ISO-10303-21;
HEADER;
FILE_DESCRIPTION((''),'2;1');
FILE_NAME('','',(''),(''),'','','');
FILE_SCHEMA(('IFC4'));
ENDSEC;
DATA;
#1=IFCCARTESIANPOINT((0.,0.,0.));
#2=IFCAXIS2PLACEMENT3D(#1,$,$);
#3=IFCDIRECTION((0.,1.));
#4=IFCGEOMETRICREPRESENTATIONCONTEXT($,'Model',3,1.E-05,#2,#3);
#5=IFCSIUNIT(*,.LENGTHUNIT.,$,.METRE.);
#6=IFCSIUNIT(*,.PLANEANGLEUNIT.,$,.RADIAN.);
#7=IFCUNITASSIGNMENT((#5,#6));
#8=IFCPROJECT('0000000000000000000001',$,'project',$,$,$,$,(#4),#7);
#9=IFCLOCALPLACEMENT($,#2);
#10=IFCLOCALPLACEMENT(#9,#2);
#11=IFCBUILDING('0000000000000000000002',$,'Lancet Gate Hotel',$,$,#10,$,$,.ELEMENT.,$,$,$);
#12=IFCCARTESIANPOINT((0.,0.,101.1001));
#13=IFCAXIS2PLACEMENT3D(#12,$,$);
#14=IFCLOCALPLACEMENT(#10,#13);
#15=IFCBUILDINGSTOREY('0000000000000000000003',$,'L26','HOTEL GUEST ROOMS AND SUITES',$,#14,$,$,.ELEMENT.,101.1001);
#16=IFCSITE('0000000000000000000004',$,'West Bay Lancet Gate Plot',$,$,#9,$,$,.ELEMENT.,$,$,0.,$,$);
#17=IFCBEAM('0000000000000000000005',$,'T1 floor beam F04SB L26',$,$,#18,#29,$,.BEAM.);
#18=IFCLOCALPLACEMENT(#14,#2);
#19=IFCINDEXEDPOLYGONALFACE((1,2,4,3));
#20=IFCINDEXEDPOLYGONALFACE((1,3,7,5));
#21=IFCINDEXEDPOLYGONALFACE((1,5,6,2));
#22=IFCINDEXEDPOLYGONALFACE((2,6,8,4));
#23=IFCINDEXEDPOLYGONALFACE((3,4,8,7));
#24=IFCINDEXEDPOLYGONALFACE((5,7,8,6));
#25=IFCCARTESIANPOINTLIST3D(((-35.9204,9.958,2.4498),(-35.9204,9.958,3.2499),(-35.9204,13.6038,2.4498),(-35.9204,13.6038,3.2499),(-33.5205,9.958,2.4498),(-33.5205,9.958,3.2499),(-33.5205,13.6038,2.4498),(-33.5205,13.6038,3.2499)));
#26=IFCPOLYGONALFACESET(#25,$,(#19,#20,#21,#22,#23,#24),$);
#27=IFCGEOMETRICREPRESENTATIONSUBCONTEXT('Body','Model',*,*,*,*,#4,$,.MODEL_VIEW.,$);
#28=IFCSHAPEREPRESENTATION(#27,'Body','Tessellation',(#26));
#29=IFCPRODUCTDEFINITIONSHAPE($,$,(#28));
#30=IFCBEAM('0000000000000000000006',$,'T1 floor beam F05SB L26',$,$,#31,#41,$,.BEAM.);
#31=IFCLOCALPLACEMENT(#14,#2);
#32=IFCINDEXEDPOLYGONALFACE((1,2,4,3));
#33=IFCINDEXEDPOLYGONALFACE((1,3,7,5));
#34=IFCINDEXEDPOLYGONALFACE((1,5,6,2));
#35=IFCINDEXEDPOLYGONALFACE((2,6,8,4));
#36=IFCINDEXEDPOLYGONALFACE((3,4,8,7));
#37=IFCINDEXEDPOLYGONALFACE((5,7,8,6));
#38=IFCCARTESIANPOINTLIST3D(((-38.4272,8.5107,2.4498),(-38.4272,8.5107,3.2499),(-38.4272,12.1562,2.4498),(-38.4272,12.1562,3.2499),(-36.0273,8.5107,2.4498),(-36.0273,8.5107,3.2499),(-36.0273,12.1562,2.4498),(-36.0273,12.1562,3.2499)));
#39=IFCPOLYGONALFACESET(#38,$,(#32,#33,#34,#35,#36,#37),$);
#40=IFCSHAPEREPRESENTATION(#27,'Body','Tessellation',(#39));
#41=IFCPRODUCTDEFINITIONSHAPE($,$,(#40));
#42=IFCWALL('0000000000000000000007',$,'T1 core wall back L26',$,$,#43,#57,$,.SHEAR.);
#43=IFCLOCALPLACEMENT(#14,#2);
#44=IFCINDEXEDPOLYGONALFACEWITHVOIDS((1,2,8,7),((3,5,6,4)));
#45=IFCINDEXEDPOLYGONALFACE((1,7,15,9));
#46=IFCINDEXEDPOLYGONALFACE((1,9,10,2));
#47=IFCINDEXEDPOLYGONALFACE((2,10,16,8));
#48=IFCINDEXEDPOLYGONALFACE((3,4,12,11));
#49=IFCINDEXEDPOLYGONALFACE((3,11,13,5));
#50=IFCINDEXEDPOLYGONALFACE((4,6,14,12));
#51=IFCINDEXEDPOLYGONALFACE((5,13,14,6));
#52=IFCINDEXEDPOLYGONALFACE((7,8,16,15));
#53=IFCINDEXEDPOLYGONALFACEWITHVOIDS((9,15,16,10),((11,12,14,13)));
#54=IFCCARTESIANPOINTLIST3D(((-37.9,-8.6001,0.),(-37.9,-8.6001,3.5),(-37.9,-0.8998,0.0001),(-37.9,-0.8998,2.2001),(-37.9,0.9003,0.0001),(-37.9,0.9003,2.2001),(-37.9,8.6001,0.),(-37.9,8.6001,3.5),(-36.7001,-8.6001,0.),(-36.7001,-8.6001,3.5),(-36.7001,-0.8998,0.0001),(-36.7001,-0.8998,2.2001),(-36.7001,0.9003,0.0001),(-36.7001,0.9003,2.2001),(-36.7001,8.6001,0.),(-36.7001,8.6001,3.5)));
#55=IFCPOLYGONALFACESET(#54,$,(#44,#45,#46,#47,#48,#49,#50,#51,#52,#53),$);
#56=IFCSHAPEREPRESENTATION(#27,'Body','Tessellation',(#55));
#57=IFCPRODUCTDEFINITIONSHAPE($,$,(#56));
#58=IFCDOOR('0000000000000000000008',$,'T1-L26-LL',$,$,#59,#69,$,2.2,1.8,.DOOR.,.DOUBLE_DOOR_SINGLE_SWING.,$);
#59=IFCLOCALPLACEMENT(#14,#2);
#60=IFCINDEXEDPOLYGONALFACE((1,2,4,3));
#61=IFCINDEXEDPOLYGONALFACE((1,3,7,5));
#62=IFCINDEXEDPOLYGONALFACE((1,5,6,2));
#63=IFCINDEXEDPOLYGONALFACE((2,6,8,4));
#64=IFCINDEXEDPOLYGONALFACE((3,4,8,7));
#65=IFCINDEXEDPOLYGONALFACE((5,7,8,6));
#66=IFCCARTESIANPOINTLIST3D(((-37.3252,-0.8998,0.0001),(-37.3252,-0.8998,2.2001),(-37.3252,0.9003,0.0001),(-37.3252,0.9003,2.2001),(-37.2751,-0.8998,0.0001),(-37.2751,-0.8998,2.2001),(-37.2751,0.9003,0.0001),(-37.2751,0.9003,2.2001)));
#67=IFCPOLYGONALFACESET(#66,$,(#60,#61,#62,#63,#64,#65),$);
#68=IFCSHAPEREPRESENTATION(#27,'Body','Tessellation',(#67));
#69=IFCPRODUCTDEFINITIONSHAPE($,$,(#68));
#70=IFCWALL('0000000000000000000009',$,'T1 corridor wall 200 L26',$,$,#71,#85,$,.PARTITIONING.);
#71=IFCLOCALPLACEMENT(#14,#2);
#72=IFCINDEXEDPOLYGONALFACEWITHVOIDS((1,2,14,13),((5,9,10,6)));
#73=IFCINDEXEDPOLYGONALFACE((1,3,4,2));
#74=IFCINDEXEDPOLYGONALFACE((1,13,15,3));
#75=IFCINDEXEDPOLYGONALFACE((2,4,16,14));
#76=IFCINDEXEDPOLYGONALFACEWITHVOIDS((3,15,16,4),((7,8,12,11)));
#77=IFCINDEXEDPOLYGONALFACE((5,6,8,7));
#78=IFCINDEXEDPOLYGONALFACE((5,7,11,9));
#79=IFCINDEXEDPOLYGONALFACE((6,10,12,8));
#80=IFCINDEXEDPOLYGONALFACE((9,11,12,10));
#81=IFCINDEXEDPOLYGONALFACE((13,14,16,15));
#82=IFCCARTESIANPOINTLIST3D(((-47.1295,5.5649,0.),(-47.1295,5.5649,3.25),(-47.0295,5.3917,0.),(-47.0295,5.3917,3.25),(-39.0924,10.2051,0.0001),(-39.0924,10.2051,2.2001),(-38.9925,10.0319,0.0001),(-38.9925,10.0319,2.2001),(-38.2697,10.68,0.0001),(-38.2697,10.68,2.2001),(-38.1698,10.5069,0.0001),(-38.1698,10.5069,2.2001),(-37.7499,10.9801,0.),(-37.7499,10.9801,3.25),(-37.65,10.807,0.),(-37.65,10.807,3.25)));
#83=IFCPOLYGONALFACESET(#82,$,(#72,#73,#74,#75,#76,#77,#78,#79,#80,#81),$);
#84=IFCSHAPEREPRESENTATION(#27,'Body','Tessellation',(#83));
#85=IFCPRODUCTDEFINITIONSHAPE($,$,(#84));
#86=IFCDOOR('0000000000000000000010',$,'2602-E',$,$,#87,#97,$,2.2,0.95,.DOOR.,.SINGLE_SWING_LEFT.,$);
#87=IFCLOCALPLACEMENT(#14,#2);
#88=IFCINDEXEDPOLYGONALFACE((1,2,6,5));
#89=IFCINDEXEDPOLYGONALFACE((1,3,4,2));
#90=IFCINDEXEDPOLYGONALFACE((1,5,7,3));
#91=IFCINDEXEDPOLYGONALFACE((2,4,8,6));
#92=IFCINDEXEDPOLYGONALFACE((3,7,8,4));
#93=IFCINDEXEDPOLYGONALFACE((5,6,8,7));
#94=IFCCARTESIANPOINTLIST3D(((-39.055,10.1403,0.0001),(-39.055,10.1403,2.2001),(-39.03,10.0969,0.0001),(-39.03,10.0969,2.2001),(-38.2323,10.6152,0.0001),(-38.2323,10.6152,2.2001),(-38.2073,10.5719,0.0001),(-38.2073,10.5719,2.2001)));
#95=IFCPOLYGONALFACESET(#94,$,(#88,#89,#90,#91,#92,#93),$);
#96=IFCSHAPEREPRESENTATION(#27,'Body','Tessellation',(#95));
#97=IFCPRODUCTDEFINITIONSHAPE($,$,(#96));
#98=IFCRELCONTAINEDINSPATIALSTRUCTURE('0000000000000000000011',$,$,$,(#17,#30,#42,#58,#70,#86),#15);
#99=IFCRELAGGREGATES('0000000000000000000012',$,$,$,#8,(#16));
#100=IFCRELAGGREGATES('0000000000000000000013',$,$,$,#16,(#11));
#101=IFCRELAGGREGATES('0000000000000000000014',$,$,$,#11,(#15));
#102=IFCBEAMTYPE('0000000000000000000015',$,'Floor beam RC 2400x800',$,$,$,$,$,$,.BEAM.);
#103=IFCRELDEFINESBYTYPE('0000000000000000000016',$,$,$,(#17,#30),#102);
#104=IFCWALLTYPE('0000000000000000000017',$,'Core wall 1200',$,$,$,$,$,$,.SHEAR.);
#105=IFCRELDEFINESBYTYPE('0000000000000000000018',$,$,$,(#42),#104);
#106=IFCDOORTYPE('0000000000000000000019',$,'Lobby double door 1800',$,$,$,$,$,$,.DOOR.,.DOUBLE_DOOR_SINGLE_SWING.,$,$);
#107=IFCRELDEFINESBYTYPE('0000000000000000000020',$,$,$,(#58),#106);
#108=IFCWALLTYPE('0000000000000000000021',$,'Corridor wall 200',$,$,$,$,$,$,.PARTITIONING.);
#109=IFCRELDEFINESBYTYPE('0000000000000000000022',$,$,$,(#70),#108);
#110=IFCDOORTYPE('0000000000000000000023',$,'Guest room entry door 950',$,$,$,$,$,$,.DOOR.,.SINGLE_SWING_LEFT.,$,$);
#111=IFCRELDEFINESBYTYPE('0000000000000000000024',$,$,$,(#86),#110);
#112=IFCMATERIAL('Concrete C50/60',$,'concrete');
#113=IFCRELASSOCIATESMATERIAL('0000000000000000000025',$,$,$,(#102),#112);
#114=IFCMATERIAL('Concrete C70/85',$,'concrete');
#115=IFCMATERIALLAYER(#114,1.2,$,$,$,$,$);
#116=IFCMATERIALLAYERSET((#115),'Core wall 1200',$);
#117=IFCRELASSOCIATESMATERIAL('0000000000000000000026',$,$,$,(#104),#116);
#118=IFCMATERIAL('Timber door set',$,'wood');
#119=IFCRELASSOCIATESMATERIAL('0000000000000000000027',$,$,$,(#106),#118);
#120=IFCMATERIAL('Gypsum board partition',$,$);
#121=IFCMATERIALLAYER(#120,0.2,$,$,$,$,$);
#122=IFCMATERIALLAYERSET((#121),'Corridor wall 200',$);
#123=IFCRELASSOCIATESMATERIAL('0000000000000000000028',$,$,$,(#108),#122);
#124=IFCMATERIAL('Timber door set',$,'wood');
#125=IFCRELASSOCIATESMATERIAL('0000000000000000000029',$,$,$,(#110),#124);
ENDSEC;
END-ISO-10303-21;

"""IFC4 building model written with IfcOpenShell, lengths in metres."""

from ifc_helpers import new_model, si_unit, direction, frame, frame_2d, origin, origin_2d, place, context, subcontext, project, spatial, rectangle, extrude, material, layer, layer_set, material_profile, profile_set, type_object, element, fill, save


model = new_model("IFC4")

# Units and contexts
model_context = context("Model", 3, precision=1e-05, world=origin(), true_north=direction((0.0, 1.0)))
body_context = subcontext(model_context, "Body", "Model", "MODEL_VIEW")
ifc_project = project(units=[si_unit("LENGTHUNIT", "METRE"), si_unit("PLANEANGLEUNIT", "RADIAN")], contexts=[model_context])

# Site, building, storey
site_placement = place(None, origin())
site = spatial("IfcSite", under=ifc_project, at=site_placement, Name="West Bay Lancet Gate Plot", CompositionType="ELEMENT", RefElevation=0.0)
building_placement = place(site_placement, origin())
building = spatial("IfcBuilding", under=site, at=building_placement, Name="Lancet Gate Hotel", CompositionType="ELEMENT")
storey_placement = place(building_placement, frame((0.0, 0.0, 101.1001)))
storey = spatial("IfcBuildingStorey", under=building, at=storey_placement, Name="L26", Description="HOTEL GUEST ROOMS AND SUITES", CompositionType="ELEMENT", Elevation=101.1001)

# Beams
ifc_material_1 = material(Name="Concrete C50/60", Category="concrete")
ifc_material_profile = material_profile(ifc_material_1, rectangle(XDim=2.3999, YDim=0.8, at=origin_2d()), Name="RC 2400x800")
ifc_profile_set = profile_set([ifc_material_profile], Name="Concrete C50/60")
beam_type = type_object("IfcBeamType", Name="Floor beam RC 2400x800", PredefinedType="BEAM", material=ifc_profile_set)
beam_1_placement = place(storey_placement, frame((-34.7205, 13.6038, 2.8499), z_axis=(0.0, -1.0, 0.0), x_axis=(1.0, 0.0, 0.0)))
element("IfcBeam", 1, at=beam_1_placement, inside=storey, type_object=beam_type, Name="T1 floor beam F04SB L26", PredefinedType="BEAM", context=body_context, shape_type="SweptSolid", body=[
    extrude(rectangle(XDim=2.3999, YDim=0.8, at=origin_2d()), origin(), (0.0, 0.0, 1.0), 3.6458),
])
beam_2_placement = place(storey_placement, frame((-37.2273, 12.1562, 2.8499), z_axis=(0.0, -1.0, 0.0), x_axis=(1.0, 0.0, 0.0)))
element("IfcBeam", 2, at=beam_2_placement, inside=storey, type_object=beam_type, Name="T1 floor beam F05SB L26", PredefinedType="BEAM", context=body_context, shape_type="SweptSolid", body=[
    extrude(rectangle(XDim=2.3999, YDim=0.8, at=origin_2d()), origin(), (0.0, 0.0, 1.0), 3.6455),
])

# Walls, openings, doors
ifc_material_2 = material(Name="Concrete C70/85", Category="concrete")
ifc_layer_1 = layer(ifc_material_2, 1.2)
ifc_layer_set_1 = layer_set([ifc_layer_1], Name="Core wall 1200")
wall_type_1 = type_object("IfcWallType", Name="Core wall 1200", PredefinedType="SHEAR", material=ifc_layer_set_1)
wall_1_placement = place(storey_placement, frame((-37.3, 8.6001, 0.0), z_axis=(0.0, 0.0, 1.0), x_axis=(0.0, -1.0, 0.0)))
wall_1 = element("IfcWall", 3, at=wall_1_placement, inside=storey, type_object=wall_type_1, Name="T1 core wall back L26", PredefinedType="SHEAR", context=body_context, shape_type="SweptSolid", body=[
    extrude(rectangle(XDim=17.2002, YDim=1.2, at=frame_2d((8.6001, 0.0))), origin(), (0.0, 0.0, 1.0), 3.5),
])
opening_1_placement = place(wall_1_placement, frame((7.7, 0.0, 0.0)))
opening_1 = element("IfcOpeningElement", 4, at=opening_1_placement, cuts=wall_1, PredefinedType="OPENING", context=body_context, shape_type="SweptSolid", body=[
    extrude(rectangle(XDim=1.8, YDim=2.2, at=frame_2d((0.8999, 1.1001))), frame((0.0, 0.6099, 0.0), z_axis=(0.0, -1.0, 0.0), x_axis=(1.0, 0.0, 0.0)), (0.0, 0.0, 1.0), 1.22),
])
ifc_material_3 = material(Name="Timber door set", Category="wood")
door_type_1 = type_object("IfcDoorType", Name="Lobby double door 1800", OperationType="DOUBLE_DOOR_SINGLE_SWING", PredefinedType="DOOR", material=ifc_material_3)
door_1_placement = place(opening_1_placement, origin())
door_1 = element("IfcDoor", 5, at=door_1_placement, inside=storey, type_object=door_type_1, Name="T1-L26-LL", OperationType="DOUBLE_DOOR_SINGLE_SWING", OverallHeight=2.2, OverallWidth=1.8, PredefinedType="DOOR", context=body_context, shape_type="SweptSolid", body=[
    extrude(rectangle(XDim=1.8, YDim=2.2, at=frame_2d((0.8999, 1.1001))), frame((0.0, 0.0249, 0.0), z_axis=(0.0, -1.0, 0.0), x_axis=(1.0, 0.0, 0.0)), (0.0, 0.0, 1.0), 0.05),
])
fill(opening_1, door_1)
ifc_material_4 = material(Name="Gypsum board partition")
ifc_layer_2 = layer(ifc_material_4, 0.2)
ifc_layer_set_2 = layer_set([ifc_layer_2], Name="Corridor wall 200")
wall_type_2 = type_object("IfcWallType", Name="Corridor wall 200", PredefinedType="PARTITIONING", material=ifc_layer_set_2)
wall_2_placement = place(storey_placement, frame((-37.7, 10.8936, 0.0), z_axis=(0.0, 0.0, 1.0), x_axis=(-0.866028, -0.499996, 0.0)))
wall_2 = element("IfcWall", 6, at=wall_2_placement, inside=storey, type_object=wall_type_2, Name="T1 corridor wall 200 L26", PredefinedType="PARTITIONING", context=body_context, shape_type="SweptSolid", body=[
    extrude(rectangle(XDim=10.8306, YDim=0.2, at=frame_2d((5.4153, 0.0))), origin(), (0.0, 0.0, 1.0), 3.25),
])
opening_2_placement = place(wall_2_placement, frame((0.6001, 0.0, 0.0)))
opening_2 = element("IfcOpeningElement", 7, at=opening_2_placement, cuts=wall_2, PredefinedType="OPENING", context=body_context, shape_type="SweptSolid", body=[
    extrude(rectangle(XDim=0.95, YDim=2.2, at=frame_2d((0.4751, 1.1001))), frame((0.0, 0.1099, 0.0), z_axis=(0.0, -1.0, 0.0), x_axis=(1.0, 0.0, 0.0)), (0.0, 0.0, 1.0), 0.22),
])
ifc_material_5 = material(Name="Timber door set", Category="wood")
door_type_2 = type_object("IfcDoorType", Name="Guest room entry door 950", OperationType="SINGLE_SWING_LEFT", PredefinedType="DOOR", material=ifc_material_5)
door_2_placement = place(opening_2_placement, origin())
door_2 = element("IfcDoor", 8, at=door_2_placement, inside=storey, type_object=door_type_2, Name="2602-E", OperationType="SINGLE_SWING_LEFT", OverallHeight=2.2, OverallWidth=0.95, PredefinedType="DOOR", context=body_context, shape_type="SweptSolid", body=[
    extrude(rectangle(XDim=0.95, YDim=2.2, at=frame_2d((0.4751, 1.1001))), frame((0.0, 0.0249, 0.0), z_axis=(0.0, -1.0, 0.0), x_axis=(1.0, 0.0, 0.0)), (0.0, 0.0, 1.0), 0.05),
])
fill(opening_2, door_2)

save(model, "model.ifc")
